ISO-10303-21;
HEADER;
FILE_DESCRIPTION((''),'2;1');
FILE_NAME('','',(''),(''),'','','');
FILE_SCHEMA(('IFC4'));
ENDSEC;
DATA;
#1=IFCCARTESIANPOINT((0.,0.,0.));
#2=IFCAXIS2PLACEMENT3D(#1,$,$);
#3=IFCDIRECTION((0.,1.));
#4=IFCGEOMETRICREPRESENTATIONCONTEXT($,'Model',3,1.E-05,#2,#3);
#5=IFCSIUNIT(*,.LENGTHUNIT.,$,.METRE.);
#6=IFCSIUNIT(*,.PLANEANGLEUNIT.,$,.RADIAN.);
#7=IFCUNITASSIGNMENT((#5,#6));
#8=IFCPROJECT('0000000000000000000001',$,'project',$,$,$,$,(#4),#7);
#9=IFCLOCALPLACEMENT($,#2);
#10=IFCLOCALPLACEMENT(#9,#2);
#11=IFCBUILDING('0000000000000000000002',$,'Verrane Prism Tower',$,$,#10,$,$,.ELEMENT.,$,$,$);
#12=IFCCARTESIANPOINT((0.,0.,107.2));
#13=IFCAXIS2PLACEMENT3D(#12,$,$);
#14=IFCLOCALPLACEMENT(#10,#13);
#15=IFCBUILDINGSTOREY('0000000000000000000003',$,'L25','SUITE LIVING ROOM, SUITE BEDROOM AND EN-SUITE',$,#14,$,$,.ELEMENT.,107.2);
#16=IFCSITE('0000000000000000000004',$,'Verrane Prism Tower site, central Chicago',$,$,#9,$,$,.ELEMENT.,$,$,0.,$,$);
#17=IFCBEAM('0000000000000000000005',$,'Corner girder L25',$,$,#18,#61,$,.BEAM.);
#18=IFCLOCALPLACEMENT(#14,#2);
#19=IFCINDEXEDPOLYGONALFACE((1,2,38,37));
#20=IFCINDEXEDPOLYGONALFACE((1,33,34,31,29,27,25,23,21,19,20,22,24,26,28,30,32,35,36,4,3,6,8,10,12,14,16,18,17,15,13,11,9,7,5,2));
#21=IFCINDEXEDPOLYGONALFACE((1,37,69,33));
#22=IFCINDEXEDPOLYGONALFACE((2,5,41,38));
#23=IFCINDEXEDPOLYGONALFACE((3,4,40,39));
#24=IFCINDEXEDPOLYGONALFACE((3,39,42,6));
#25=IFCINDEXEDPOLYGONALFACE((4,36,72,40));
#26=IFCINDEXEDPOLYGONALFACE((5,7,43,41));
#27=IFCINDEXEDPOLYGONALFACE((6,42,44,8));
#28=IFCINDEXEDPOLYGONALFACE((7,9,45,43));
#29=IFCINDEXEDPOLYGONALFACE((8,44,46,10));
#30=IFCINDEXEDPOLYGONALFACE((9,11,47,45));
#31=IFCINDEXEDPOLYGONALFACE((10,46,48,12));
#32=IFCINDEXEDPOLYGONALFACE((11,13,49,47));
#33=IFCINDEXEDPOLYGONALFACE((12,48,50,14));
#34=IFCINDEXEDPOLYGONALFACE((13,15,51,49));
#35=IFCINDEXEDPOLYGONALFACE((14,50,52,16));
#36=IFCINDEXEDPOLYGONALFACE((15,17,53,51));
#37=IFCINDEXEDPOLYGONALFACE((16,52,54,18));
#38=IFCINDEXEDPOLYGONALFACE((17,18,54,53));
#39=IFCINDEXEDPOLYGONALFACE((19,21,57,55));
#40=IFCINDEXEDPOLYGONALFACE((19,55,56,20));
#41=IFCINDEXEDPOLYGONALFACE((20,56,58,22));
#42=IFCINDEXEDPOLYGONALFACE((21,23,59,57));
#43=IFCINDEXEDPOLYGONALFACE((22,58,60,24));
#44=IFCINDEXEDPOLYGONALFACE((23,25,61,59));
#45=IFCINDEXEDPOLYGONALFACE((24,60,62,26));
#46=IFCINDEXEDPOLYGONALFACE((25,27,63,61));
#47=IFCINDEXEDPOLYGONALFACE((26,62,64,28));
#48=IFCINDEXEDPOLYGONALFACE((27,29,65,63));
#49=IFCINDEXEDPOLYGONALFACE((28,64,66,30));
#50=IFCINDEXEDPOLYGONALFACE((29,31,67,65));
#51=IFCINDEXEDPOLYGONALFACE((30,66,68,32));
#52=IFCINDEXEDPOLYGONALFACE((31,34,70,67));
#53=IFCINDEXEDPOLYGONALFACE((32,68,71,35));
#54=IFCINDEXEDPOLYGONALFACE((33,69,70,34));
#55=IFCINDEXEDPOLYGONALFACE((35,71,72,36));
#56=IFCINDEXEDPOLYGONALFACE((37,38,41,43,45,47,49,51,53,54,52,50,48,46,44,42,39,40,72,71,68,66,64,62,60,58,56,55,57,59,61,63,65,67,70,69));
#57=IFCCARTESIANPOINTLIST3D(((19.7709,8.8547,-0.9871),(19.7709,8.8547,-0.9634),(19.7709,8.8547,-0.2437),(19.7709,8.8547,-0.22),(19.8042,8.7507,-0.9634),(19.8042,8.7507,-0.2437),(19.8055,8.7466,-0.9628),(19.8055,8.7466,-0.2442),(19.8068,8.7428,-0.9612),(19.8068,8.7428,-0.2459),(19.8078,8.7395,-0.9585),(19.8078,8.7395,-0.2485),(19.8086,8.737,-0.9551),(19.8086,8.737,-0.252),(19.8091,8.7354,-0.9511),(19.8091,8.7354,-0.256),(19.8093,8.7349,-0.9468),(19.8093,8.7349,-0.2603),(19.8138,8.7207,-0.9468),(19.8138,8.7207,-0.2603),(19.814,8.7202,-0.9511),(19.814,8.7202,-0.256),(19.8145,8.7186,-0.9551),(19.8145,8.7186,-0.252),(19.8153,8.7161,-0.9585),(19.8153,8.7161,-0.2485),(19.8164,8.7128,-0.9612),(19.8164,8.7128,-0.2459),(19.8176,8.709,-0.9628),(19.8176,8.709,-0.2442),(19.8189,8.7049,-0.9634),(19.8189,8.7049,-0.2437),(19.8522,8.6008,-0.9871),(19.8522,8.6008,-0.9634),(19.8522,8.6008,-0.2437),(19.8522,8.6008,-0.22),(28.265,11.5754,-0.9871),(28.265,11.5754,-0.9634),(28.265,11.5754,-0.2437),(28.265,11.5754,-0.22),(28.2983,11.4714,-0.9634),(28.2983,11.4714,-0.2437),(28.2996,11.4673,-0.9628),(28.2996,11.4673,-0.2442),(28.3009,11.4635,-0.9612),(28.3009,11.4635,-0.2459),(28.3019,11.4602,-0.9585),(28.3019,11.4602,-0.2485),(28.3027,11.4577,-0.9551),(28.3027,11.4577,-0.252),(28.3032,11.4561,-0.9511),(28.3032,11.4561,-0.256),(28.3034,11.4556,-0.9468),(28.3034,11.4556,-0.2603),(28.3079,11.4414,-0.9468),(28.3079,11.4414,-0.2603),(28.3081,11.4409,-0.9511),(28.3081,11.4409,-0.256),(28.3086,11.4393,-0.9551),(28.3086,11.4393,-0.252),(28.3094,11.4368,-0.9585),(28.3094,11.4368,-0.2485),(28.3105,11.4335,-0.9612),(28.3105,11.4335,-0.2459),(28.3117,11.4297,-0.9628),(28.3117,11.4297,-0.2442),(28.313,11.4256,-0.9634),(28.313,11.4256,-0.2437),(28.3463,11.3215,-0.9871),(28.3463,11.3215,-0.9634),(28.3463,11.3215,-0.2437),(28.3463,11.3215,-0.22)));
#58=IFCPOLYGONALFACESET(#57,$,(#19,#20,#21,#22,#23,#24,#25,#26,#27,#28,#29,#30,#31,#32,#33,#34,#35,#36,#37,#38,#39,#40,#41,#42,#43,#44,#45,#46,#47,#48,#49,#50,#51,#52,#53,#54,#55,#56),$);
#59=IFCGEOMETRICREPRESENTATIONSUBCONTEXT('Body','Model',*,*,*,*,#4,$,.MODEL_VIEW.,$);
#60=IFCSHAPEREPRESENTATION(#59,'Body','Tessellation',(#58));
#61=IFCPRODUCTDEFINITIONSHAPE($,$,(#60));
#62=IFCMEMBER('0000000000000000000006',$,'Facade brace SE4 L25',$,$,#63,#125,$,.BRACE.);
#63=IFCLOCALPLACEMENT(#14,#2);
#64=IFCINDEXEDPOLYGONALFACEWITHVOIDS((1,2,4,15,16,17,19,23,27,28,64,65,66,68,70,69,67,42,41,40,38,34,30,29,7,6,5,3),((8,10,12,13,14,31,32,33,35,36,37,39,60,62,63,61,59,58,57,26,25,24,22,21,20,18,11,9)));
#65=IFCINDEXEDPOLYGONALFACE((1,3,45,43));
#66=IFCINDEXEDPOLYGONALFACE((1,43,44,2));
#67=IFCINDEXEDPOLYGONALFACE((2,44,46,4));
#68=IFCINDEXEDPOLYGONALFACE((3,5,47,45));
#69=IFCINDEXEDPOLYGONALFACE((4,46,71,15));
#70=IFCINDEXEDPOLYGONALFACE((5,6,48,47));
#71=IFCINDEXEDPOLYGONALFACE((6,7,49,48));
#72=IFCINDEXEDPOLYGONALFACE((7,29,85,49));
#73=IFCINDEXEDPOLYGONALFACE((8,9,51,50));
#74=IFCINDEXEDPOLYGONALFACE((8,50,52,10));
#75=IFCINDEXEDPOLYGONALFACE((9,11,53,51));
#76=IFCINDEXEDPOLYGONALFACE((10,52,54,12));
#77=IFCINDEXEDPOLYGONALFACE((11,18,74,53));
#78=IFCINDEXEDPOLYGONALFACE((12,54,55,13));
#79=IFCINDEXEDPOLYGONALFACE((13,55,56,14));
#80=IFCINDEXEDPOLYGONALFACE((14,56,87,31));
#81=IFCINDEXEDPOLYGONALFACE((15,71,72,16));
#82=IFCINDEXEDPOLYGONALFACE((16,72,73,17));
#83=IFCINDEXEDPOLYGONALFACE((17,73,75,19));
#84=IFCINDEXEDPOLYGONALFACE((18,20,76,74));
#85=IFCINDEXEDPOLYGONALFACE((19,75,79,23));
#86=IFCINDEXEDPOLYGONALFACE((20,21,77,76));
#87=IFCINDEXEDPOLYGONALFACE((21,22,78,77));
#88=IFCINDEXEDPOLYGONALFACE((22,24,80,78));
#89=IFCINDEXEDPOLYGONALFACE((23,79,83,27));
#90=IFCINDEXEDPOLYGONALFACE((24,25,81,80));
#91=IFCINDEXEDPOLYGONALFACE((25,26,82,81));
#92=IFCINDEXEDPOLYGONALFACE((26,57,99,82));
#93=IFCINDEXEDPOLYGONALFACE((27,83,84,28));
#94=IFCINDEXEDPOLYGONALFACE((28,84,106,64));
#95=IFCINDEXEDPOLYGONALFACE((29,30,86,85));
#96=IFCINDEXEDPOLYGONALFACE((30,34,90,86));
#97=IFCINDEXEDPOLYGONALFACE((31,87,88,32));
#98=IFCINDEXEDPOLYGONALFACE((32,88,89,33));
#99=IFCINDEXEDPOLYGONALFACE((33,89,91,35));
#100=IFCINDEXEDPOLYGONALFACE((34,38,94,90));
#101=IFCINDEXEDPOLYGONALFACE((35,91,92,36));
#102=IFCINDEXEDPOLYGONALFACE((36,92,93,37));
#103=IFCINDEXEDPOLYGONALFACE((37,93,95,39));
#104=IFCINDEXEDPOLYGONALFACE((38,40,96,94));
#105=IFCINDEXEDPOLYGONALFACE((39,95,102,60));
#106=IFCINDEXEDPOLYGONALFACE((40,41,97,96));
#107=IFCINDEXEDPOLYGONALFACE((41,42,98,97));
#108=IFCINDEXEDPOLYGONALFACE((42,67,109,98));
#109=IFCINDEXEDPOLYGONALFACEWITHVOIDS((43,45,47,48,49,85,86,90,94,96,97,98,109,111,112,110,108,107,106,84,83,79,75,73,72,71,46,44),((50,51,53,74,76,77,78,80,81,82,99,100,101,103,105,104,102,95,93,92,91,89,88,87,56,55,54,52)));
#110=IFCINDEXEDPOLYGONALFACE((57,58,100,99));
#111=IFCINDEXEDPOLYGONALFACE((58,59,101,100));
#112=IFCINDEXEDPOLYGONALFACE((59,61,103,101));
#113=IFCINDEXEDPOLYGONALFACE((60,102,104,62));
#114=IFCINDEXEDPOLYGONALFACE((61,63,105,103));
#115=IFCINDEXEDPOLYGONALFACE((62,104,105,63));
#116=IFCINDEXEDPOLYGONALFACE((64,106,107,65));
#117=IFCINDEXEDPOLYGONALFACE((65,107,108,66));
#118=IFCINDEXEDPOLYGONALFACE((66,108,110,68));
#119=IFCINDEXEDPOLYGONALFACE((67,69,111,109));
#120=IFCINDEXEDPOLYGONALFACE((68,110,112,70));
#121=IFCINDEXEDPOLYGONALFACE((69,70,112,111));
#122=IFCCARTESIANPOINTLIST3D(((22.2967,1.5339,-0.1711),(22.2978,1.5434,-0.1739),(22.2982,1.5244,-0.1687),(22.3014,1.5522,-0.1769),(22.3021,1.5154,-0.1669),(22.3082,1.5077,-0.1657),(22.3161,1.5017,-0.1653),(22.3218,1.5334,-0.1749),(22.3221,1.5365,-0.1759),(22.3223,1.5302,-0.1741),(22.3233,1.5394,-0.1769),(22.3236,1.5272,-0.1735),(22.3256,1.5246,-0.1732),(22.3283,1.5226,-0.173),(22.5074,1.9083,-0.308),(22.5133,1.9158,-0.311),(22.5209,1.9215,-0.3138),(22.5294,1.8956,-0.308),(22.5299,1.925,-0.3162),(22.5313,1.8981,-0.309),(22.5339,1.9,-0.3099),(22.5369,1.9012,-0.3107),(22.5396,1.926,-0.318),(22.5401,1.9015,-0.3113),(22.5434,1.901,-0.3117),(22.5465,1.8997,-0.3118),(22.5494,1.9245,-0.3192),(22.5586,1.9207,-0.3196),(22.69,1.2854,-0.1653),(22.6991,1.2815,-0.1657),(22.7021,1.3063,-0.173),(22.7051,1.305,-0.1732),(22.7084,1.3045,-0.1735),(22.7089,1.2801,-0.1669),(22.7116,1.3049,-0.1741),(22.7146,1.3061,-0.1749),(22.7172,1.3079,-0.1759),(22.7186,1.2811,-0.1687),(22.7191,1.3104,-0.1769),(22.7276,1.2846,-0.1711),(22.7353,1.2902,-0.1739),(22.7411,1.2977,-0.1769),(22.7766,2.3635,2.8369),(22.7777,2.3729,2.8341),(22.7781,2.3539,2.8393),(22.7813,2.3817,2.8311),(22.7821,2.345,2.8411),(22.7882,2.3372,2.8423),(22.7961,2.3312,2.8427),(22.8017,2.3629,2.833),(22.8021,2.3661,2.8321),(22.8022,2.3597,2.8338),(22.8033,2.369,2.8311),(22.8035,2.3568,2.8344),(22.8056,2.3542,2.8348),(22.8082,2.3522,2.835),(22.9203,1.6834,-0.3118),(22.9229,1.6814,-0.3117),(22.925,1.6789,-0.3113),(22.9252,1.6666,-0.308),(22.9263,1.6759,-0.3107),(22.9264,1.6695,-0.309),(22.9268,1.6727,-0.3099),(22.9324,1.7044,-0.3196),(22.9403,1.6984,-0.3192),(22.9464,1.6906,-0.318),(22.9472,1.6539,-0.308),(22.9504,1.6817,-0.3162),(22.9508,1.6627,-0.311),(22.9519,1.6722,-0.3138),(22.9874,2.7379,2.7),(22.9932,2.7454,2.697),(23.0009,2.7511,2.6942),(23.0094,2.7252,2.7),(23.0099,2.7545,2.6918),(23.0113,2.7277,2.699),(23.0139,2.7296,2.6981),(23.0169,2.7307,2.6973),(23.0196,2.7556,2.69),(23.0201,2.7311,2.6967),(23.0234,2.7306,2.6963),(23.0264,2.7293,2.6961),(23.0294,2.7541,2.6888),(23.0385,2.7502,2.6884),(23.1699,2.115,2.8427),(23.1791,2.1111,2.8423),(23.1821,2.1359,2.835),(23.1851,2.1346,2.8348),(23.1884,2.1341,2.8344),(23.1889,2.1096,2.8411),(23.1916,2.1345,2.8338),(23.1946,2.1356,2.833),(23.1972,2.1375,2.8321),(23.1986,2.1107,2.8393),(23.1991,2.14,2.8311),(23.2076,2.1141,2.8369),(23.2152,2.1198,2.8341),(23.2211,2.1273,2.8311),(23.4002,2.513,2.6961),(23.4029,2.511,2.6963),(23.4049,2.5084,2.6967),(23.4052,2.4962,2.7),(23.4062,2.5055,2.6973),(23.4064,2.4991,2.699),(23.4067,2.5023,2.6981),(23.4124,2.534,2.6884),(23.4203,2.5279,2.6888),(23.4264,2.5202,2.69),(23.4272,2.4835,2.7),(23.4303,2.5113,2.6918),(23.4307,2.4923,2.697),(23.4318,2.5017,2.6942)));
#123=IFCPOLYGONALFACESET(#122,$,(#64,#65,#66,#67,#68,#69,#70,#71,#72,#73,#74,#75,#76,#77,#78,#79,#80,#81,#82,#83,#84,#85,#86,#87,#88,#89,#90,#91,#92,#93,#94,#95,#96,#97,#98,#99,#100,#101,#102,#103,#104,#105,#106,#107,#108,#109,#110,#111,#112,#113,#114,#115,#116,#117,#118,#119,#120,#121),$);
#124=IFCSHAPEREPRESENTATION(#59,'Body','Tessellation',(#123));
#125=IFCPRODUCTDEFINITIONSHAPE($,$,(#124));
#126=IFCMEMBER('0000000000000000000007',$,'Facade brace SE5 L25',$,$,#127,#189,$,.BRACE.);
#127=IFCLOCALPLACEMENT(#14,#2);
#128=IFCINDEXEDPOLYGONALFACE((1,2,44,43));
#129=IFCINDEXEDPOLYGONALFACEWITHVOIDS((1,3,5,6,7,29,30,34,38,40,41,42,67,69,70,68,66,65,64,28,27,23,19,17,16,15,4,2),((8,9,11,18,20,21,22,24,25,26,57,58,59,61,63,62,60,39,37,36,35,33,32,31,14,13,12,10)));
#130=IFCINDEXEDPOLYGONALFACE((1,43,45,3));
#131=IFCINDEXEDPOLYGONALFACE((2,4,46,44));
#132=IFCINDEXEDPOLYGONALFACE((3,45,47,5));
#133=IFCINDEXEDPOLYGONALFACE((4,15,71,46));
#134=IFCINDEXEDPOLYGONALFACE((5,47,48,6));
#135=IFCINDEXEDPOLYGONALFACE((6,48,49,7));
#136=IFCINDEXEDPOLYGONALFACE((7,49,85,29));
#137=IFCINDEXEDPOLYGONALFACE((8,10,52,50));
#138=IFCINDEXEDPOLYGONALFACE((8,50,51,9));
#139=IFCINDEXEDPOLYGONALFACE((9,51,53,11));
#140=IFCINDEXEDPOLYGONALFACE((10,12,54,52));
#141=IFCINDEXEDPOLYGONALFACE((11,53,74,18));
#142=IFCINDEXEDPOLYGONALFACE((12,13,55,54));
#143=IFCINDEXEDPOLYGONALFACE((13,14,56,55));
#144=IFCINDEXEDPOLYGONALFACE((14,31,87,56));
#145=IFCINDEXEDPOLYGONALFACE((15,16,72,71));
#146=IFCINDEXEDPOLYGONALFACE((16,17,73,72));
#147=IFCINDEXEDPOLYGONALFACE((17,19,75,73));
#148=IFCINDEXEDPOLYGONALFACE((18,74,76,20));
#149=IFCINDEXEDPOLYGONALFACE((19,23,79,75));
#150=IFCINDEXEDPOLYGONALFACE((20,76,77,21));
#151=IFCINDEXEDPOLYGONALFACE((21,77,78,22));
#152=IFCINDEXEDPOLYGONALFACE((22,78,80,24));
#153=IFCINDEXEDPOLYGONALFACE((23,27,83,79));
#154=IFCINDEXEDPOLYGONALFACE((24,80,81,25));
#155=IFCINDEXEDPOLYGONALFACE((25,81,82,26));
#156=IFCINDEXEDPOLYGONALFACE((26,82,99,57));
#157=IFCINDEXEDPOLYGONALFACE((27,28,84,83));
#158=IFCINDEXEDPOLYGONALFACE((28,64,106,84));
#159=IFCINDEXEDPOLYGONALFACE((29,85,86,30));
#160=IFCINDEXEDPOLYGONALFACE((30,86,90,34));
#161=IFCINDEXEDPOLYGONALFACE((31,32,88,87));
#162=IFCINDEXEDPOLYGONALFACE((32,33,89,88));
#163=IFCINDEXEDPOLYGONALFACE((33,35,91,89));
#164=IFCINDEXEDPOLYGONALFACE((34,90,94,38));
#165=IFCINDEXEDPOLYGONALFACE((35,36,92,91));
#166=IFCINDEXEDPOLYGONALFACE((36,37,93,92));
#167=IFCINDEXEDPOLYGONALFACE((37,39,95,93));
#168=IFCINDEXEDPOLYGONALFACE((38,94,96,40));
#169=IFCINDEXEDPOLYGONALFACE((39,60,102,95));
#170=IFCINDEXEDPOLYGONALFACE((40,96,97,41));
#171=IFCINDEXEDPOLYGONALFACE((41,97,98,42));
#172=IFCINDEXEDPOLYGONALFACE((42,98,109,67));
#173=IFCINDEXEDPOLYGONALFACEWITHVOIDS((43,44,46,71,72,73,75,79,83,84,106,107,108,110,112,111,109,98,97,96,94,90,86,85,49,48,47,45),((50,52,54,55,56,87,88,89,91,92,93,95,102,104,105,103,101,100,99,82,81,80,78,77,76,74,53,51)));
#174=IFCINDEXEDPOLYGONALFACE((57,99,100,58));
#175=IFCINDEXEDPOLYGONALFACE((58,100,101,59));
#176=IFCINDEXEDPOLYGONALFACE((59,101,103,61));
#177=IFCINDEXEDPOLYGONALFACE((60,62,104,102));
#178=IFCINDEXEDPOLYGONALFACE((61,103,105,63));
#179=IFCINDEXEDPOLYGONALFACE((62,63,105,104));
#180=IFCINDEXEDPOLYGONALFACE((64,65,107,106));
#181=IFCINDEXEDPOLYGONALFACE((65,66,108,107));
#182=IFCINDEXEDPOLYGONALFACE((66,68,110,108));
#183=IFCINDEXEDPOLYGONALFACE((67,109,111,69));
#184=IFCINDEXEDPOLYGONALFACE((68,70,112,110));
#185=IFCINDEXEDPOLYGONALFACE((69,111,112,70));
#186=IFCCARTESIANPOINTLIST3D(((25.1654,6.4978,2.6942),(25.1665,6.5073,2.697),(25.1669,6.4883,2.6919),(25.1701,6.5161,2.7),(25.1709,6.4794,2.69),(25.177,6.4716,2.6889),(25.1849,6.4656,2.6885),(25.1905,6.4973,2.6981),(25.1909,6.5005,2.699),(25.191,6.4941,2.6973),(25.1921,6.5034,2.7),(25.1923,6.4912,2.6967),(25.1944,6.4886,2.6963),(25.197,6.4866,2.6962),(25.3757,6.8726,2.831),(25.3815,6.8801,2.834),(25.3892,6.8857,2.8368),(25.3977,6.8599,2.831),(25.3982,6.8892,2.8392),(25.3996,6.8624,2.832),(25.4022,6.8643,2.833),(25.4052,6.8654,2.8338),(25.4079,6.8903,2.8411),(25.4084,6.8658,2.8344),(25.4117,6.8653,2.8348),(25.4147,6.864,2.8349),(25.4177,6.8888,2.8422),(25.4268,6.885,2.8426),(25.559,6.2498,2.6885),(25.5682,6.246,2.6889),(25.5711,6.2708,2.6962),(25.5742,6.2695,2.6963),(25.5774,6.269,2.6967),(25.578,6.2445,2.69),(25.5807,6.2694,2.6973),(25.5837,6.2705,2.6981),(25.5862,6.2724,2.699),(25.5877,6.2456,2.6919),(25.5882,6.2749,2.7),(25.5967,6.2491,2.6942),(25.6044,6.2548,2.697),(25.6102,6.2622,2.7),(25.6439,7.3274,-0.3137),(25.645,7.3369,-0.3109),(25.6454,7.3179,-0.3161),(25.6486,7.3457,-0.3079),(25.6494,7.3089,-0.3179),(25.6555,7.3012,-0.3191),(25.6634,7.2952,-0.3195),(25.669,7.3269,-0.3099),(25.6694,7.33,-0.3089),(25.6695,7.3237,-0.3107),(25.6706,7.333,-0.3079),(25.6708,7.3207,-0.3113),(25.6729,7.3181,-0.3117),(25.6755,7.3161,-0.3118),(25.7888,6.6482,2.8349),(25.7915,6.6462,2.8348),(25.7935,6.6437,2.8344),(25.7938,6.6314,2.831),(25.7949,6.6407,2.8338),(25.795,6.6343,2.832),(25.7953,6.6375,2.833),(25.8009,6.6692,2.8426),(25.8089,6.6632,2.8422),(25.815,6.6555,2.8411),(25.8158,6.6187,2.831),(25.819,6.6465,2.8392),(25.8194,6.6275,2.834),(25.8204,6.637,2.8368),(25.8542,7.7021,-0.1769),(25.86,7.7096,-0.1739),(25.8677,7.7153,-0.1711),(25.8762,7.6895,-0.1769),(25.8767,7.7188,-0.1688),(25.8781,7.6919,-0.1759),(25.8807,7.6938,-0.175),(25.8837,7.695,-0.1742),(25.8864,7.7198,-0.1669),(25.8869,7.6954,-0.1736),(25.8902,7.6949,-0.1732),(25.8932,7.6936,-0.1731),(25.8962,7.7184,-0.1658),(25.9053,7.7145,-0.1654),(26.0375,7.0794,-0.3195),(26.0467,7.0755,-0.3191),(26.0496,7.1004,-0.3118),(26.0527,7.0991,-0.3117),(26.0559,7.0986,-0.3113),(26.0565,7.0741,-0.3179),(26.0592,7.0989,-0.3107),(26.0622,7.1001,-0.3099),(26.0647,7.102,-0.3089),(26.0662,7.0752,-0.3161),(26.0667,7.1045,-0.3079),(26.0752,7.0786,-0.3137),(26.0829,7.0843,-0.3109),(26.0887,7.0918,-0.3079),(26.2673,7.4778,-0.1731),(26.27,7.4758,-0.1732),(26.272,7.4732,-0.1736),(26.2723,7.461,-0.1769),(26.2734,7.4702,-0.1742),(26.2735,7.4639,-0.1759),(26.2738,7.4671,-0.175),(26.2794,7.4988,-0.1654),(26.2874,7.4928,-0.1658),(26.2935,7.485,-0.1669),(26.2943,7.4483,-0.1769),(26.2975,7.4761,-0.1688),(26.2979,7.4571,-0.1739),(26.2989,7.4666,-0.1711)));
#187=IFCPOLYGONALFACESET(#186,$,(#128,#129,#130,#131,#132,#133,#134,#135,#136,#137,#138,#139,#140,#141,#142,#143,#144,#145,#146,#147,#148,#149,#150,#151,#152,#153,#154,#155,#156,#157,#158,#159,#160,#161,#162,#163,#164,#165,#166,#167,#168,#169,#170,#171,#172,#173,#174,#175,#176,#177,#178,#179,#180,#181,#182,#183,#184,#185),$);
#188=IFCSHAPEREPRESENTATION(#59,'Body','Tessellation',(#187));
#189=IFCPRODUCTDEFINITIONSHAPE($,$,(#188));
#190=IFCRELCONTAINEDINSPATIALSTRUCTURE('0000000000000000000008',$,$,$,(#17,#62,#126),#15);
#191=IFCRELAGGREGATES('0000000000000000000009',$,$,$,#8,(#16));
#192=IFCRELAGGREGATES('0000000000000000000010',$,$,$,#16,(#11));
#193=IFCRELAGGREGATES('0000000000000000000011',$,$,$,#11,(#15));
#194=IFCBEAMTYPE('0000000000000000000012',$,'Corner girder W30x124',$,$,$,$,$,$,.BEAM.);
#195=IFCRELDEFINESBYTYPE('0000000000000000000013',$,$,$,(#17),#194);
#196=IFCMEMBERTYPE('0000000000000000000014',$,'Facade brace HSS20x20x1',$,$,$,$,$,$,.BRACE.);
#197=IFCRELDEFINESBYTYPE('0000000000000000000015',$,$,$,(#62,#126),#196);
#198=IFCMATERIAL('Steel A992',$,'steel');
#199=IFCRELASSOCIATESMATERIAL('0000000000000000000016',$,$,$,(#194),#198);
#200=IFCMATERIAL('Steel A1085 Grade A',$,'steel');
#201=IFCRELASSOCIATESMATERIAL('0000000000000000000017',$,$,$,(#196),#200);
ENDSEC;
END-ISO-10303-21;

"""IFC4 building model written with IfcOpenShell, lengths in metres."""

from ifc_helpers import new_model, si_unit, direction, frame, origin, origin_2d, place, context, subcontext, project, spatial, hollow_rectangle, i_section, extrude, material, material_profile, profile_set, type_object, element, save


model = new_model("IFC4")

# Units and contexts
model_context = context("Model", 3, precision=1e-05, world=origin(), true_north=direction((0.0, 1.0)))
body_context = subcontext(model_context, "Body", "Model", "MODEL_VIEW")
ifc_project = project(units=[si_unit("LENGTHUNIT", "METRE"), si_unit("PLANEANGLEUNIT", "RADIAN")], contexts=[model_context])

# Site, building, storey
site_placement = place(None, origin())
site = spatial("IfcSite", under=ifc_project, at=site_placement, Name="Verrane Prism Tower site, central Chicago", CompositionType="ELEMENT", RefElevation=0.0)
building_placement = place(site_placement, origin())
building = spatial("IfcBuilding", under=site, at=building_placement, Name="Verrane Prism Tower", CompositionType="ELEMENT")
storey_placement = place(building_placement, frame((0.0, 0.0, 107.2)))
storey = spatial("IfcBuildingStorey", under=building, at=storey_placement, Name="L25", Description="SUITE LIVING ROOM, SUITE BEDROOM AND EN-SUITE", CompositionType="ELEMENT", Elevation=107.2)

# Beam
ifc_material_1 = material(Name="Steel A992", Category="steel")
ifc_material_profile_1 = material_profile(ifc_material_1, i_section(OverallWidth=0.2666, OverallDepth=0.7671, WebThickness=0.0149, FlangeThickness=0.0237, FilletRadius=0.0166, at=origin_2d()), Name="W30x124")
ifc_profile_set_1 = profile_set([ifc_material_profile_1], Name="Steel A992")
beam_type_1 = type_object("IfcBeamType", Name="Corner girder W30x124", PredefinedType="BEAM", material=ifc_profile_set_1)
beam_1_placement = place(storey_placement, frame((28.3057, 11.4485, -0.6035), z_axis=(-0.95234, -0.305038, 0.0), x_axis=(0.305038, -0.95234, 0.0)))
element("IfcBeam", 1, at=beam_1_placement, inside=storey, type_object=beam_type_1, Name="Corner girder L25", PredefinedType="BEAM", context=body_context, shape_type="SweptSolid", body=[
    extrude(i_section(OverallWidth=0.2666, OverallDepth=0.7671, WebThickness=0.0149, FlangeThickness=0.0237, FilletRadius=0.0166, at=origin_2d()), origin(), (0.0, 0.0, 1.0), 8.9192),
])

# Members
ifc_material_2 = material(Name="Steel A1085 Grade A", Category="steel")
ifc_material_profile_2 = material_profile(ifc_material_2, hollow_rectangle(XDim=0.5081, YDim=0.5081, WallThickness=0.0254, InnerFilletRadius=0.0127, OuterFilletRadius=0.0381, at=origin_2d()), Name="HSS20x20x1")
ifc_profile_set_2 = profile_set([ifc_material_profile_2], Name="Steel A1085 Grade A")
member_type_1 = type_object("IfcMemberType", Name="Facade brace HSS20x20x1", PredefinedType="BRACE", material=ifc_profile_set_2)
member_1_placement = place(storey_placement, frame((22.6243, 1.603, -0.2424), z_axis=(0.152034, 0.262773, 0.952804), x_axis=(-0.865566, 0.500795, 0.0)))
element("IfcMember", 2, at=member_1_placement, inside=storey, type_object=member_type_1, Name="Facade brace SE4 L25", PredefinedType="BRACE", context=body_context, shape_type="SweptSolid", body=[
    extrude(hollow_rectangle(XDim=0.5081, YDim=0.5081, WallThickness=0.0254, InnerFilletRadius=0.0127, OuterFilletRadius=0.0381, at=origin_2d()), origin(), (0.0, 0.0, 1.0), 3.157),
])
member_2_placement = place(storey_placement, frame((25.9714, 7.397, -0.2424), z_axis=(-0.151581, -0.262792, 0.952871), x_axis=(0.866228, -0.499649, 0.0)))
element("IfcMember", 3, at=member_2_placement, inside=storey, type_object=member_type_1, Name="Facade brace SE5 L25", PredefinedType="BRACE", context=body_context, shape_type="SweptSolid", body=[
    extrude(hollow_rectangle(XDim=0.5081, YDim=0.5081, WallThickness=0.0254, InnerFilletRadius=0.0127, OuterFilletRadius=0.0381, at=origin_2d()), origin(), (0.0, 0.0, 1.0), 3.1567),
])

save(model, "model.ifc")
